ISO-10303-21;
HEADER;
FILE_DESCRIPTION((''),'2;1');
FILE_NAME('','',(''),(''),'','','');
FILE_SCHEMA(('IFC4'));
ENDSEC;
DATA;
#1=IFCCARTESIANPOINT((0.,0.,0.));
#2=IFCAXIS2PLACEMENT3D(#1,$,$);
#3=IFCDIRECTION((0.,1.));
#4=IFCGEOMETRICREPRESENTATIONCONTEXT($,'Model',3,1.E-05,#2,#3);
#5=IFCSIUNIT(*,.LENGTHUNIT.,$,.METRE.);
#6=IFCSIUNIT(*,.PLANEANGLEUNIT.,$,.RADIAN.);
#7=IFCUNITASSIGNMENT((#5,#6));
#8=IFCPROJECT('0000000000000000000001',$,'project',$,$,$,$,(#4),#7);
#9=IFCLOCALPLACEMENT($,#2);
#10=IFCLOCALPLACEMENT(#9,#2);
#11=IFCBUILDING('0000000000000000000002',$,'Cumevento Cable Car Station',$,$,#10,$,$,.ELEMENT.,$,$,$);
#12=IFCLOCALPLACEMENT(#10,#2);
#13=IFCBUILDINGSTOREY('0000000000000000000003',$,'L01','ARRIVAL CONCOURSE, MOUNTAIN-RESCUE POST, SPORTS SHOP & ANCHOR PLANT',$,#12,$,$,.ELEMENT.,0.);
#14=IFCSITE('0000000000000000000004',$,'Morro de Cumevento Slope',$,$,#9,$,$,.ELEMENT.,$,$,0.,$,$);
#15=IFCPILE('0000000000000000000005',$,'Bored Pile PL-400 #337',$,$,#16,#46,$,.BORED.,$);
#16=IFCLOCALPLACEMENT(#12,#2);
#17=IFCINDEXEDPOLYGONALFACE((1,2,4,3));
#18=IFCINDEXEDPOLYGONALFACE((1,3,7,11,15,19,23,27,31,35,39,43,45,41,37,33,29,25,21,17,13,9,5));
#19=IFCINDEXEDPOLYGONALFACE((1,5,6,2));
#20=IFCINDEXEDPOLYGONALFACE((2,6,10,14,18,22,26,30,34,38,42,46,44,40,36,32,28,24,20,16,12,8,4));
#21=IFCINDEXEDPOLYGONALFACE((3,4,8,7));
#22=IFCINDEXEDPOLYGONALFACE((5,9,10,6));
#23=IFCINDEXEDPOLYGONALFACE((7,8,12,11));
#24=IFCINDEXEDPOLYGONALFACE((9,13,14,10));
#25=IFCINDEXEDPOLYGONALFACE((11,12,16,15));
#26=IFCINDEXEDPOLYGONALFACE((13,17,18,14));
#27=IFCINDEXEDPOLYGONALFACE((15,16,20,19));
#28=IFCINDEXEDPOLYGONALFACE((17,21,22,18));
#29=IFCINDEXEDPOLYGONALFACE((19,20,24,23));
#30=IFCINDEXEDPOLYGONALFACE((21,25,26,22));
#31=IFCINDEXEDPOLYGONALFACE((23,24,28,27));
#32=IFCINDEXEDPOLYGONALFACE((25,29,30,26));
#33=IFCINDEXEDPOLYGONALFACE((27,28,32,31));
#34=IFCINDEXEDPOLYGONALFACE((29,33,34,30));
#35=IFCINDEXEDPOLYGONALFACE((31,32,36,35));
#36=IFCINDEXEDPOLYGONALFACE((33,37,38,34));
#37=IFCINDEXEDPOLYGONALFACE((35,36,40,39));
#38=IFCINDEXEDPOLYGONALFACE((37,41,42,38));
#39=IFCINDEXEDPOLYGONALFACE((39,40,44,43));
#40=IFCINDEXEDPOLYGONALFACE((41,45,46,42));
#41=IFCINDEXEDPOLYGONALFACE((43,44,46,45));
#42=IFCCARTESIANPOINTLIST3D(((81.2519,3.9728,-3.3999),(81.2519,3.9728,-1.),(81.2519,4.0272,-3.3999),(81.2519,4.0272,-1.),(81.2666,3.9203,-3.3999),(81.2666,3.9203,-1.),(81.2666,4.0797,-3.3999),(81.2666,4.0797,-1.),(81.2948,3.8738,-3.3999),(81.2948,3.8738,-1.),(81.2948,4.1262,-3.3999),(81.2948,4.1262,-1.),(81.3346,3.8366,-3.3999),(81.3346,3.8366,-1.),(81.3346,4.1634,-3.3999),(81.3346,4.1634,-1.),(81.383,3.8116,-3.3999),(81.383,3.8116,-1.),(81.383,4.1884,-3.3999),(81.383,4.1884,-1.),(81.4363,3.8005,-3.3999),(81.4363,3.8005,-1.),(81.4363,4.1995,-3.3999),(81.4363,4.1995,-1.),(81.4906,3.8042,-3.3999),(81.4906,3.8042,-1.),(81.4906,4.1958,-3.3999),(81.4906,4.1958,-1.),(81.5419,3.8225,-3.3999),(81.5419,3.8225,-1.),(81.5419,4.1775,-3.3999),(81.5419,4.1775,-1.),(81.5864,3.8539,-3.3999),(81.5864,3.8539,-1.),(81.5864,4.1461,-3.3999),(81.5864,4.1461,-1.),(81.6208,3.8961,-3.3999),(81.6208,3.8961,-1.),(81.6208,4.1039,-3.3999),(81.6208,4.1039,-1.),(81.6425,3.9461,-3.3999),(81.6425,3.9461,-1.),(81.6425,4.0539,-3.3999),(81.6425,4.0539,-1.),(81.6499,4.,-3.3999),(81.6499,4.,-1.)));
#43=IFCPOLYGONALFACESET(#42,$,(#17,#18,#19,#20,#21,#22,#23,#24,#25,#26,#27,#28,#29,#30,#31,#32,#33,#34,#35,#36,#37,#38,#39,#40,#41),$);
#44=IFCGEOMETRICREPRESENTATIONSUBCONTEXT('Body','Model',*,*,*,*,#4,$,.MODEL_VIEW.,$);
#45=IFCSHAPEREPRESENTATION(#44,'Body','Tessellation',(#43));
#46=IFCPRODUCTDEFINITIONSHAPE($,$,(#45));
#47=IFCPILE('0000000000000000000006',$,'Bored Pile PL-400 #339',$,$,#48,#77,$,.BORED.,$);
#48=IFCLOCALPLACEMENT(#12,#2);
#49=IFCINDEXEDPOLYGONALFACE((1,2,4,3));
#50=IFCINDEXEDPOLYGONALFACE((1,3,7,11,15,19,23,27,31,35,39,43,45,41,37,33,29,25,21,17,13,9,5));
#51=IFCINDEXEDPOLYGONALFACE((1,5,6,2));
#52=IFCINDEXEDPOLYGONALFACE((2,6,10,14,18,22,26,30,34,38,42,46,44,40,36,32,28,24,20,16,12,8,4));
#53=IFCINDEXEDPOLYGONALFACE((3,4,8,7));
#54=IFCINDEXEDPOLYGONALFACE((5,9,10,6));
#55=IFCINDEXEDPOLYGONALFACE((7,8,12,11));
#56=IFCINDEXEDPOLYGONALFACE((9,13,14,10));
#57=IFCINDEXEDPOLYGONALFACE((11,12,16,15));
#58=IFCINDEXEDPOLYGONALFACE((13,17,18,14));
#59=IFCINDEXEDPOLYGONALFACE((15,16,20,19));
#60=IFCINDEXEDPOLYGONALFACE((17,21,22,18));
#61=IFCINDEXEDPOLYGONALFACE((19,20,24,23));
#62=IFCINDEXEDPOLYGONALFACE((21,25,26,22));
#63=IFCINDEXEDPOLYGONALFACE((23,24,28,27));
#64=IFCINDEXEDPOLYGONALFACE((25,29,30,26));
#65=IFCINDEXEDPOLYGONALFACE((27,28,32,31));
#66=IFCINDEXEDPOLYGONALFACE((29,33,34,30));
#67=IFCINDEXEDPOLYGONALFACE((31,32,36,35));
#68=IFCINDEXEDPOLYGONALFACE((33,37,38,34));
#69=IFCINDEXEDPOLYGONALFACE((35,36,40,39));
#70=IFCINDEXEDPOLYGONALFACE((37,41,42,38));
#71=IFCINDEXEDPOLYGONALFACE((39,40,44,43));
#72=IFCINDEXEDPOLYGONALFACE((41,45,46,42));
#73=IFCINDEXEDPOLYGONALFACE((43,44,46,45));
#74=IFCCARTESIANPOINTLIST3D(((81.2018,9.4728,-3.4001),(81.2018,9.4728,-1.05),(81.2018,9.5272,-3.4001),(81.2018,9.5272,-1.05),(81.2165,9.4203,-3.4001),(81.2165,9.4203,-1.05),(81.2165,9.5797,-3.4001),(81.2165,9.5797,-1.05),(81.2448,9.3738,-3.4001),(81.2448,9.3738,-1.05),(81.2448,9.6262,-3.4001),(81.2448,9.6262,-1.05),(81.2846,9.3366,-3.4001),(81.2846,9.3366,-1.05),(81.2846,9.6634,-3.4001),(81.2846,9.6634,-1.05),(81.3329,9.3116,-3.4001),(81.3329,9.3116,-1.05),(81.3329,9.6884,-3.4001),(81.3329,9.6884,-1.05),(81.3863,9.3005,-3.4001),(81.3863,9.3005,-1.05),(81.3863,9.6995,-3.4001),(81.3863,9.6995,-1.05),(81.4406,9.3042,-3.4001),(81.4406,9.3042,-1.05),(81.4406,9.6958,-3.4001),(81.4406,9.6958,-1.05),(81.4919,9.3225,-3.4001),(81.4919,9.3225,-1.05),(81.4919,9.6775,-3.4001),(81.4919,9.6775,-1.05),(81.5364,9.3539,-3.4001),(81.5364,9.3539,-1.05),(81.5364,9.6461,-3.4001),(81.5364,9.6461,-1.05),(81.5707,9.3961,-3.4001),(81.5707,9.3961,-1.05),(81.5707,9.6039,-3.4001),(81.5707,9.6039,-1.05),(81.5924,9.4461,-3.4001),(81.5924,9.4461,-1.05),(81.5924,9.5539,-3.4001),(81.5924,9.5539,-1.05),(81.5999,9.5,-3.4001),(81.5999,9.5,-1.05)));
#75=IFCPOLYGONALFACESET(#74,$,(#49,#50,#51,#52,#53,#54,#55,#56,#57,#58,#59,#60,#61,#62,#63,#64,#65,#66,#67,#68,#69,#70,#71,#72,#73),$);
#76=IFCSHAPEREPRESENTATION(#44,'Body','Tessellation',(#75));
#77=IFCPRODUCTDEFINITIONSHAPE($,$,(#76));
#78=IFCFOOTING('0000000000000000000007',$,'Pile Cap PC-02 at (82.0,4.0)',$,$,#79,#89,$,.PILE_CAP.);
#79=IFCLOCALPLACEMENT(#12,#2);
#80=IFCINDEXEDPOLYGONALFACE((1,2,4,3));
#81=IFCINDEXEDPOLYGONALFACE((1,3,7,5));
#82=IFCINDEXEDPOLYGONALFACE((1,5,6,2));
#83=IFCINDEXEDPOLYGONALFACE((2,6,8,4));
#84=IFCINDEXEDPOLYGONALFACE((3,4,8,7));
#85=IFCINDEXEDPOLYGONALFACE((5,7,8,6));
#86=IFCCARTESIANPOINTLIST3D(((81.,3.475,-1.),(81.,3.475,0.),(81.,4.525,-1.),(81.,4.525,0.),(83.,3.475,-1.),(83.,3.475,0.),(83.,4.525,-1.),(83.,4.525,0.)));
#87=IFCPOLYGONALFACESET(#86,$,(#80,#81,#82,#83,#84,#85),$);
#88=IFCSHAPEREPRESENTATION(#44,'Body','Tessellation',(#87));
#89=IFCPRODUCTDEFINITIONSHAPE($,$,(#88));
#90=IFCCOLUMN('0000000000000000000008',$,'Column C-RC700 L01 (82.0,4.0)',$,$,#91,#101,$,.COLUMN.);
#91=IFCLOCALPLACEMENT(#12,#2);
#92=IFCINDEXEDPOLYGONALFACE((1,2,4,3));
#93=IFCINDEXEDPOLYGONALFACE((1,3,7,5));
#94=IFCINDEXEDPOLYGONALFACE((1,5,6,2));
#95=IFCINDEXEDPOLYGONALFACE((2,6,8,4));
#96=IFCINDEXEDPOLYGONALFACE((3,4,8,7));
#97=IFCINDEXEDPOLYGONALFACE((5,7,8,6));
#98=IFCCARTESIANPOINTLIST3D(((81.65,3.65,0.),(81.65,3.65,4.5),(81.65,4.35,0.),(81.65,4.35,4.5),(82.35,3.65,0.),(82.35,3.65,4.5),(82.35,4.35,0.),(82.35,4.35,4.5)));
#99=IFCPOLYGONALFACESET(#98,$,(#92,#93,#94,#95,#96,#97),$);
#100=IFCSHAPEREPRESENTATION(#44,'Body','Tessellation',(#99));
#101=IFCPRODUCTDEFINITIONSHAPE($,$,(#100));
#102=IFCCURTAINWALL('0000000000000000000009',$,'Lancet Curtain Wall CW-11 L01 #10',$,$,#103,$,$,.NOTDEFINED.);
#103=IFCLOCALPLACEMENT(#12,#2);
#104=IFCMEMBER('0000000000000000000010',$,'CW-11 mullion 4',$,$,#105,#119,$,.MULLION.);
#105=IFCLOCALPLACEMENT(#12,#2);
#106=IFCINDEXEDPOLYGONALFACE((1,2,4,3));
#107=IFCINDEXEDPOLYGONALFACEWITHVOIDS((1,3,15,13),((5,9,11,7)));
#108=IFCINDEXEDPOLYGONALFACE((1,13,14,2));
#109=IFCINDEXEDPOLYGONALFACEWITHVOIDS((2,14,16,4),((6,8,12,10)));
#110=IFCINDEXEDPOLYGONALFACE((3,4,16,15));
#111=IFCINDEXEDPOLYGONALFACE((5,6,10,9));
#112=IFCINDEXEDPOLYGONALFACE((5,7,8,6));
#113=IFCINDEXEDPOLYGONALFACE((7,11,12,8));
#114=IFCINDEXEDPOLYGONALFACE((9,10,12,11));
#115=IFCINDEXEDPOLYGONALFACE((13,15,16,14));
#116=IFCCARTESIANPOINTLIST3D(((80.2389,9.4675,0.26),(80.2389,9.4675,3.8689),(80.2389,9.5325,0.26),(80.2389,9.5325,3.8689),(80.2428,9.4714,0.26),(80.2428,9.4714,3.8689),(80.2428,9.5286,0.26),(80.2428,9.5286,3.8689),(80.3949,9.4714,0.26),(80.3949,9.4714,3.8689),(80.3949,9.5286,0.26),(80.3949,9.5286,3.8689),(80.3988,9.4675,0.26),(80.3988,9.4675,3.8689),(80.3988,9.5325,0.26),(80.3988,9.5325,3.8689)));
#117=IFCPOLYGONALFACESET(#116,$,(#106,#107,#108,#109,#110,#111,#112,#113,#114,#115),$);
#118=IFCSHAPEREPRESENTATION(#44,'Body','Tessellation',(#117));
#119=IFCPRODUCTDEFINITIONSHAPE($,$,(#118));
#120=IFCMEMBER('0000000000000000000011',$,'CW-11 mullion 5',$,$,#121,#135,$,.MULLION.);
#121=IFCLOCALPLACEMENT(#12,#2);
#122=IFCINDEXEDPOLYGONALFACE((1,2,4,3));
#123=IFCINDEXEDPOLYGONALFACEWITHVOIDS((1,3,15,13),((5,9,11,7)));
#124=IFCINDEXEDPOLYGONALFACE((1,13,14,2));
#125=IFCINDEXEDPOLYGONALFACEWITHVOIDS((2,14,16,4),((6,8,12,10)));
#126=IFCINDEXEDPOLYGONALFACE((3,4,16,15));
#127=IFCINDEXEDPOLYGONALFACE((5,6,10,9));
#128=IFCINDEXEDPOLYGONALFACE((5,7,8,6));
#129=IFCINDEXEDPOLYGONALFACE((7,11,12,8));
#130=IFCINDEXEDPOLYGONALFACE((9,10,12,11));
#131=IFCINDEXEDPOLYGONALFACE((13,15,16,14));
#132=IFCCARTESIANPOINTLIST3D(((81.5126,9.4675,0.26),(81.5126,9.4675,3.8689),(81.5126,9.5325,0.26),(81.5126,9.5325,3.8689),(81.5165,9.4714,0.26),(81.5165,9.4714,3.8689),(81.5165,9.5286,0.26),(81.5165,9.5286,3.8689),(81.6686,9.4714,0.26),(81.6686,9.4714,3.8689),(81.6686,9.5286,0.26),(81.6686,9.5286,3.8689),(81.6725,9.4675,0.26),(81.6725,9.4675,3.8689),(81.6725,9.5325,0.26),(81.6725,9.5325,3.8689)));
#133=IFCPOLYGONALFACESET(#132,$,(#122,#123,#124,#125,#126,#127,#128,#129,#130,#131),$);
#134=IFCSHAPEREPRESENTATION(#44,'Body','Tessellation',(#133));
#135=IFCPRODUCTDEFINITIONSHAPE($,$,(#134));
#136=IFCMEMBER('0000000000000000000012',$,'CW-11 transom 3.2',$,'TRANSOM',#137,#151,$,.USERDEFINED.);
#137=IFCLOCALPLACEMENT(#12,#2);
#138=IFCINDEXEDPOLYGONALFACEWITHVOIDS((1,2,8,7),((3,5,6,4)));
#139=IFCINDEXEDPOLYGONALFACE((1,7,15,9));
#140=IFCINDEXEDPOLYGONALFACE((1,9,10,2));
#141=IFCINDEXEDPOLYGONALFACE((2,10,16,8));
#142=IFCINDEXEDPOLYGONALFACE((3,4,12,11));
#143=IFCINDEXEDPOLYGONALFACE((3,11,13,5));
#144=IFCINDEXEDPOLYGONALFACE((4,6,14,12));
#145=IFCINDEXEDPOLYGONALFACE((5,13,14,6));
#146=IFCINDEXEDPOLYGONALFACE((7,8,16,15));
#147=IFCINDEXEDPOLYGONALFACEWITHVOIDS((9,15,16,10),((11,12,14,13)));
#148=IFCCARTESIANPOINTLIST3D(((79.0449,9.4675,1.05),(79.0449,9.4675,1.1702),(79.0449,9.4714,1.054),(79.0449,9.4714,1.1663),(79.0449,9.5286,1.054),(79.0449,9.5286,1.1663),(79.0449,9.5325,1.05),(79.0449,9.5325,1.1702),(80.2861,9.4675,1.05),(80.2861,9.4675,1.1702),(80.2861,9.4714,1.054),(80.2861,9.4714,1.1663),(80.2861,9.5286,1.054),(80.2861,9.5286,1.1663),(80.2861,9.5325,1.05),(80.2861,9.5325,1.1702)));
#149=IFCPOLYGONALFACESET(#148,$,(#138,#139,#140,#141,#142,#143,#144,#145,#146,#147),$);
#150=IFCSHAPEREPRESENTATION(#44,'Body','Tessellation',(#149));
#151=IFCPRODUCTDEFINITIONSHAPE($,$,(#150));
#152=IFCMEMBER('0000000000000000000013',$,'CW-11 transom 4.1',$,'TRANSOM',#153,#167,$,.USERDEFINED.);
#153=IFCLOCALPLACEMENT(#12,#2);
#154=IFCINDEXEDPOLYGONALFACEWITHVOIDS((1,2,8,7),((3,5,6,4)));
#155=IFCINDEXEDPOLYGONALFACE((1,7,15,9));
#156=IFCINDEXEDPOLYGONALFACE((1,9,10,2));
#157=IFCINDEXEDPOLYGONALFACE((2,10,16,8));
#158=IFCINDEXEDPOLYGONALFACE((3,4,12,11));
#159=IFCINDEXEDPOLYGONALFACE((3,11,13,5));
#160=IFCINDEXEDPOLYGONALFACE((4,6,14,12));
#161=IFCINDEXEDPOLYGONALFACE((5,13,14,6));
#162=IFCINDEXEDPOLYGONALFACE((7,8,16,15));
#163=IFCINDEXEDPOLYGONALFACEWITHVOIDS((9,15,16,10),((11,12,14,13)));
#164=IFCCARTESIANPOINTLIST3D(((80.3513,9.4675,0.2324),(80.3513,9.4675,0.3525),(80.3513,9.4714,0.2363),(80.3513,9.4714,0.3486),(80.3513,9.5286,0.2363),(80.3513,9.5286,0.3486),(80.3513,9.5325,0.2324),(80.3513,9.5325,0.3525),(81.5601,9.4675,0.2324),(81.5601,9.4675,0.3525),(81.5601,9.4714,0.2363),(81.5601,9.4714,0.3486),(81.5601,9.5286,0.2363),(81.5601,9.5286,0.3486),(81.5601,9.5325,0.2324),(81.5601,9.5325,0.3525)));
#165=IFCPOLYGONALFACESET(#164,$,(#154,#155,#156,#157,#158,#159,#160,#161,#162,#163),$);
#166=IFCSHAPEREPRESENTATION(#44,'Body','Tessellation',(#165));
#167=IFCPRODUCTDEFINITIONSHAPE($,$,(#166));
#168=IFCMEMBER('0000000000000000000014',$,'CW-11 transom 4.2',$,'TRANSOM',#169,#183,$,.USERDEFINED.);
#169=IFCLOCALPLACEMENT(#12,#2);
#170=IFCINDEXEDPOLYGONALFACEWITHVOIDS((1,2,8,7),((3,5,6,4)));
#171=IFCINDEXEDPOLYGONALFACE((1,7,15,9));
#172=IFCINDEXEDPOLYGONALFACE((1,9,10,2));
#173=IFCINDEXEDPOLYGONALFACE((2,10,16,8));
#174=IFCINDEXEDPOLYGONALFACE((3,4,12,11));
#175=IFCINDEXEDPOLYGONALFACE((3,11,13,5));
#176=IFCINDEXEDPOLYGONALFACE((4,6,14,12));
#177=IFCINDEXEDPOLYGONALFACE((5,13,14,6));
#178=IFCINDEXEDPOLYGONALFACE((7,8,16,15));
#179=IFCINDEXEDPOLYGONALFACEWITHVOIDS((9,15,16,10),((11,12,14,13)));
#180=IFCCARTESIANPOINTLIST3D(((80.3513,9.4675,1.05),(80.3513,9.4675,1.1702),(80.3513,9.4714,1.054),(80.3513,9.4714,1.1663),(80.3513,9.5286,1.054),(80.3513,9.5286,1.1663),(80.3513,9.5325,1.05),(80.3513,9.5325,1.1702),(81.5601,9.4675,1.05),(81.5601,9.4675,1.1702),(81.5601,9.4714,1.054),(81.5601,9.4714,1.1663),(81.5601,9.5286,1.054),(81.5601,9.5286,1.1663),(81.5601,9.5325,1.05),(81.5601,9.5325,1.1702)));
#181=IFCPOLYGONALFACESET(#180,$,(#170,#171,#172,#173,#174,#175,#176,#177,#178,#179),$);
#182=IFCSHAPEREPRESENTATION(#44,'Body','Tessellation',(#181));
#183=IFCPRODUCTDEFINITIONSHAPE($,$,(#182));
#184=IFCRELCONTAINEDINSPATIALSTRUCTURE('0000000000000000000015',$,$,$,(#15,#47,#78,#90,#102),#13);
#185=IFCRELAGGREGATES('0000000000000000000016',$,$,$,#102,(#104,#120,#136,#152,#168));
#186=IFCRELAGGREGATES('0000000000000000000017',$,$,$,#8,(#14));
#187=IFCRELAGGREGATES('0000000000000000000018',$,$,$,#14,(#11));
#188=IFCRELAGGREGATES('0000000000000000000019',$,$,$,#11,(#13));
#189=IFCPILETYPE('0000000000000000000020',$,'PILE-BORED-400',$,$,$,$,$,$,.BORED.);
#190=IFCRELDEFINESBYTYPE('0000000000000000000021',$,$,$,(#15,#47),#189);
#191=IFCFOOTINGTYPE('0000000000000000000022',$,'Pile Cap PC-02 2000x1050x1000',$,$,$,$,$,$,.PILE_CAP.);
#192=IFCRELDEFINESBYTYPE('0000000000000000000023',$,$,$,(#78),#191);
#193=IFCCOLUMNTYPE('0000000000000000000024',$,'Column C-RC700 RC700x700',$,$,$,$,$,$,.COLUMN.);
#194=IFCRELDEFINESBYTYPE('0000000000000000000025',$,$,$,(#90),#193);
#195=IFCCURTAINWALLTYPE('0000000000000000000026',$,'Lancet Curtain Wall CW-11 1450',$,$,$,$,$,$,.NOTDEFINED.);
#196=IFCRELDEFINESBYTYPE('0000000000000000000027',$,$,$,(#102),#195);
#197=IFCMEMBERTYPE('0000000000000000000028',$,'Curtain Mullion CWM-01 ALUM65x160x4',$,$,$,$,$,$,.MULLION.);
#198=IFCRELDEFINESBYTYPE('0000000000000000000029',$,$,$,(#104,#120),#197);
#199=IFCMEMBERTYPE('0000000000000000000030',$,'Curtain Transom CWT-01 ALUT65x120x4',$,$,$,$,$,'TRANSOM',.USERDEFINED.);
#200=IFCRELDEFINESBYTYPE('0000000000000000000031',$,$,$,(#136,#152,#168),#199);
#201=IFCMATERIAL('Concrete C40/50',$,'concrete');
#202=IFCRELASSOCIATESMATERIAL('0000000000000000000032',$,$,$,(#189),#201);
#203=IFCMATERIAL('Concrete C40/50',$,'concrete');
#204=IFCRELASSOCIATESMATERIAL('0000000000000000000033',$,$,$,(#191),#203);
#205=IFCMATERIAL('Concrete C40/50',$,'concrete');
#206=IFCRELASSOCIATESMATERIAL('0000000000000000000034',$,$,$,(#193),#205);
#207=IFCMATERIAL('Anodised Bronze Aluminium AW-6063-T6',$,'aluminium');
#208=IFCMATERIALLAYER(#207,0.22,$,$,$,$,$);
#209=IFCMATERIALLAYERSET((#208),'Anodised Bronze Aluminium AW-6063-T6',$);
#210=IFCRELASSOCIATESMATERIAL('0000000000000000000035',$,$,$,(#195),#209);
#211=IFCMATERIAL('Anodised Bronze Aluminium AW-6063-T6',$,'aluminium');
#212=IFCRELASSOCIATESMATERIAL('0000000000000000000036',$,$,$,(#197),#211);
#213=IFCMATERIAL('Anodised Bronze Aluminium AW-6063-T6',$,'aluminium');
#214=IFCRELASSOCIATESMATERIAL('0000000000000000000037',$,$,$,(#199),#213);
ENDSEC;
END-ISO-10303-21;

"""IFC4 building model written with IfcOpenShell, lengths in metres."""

from ifc_helpers import new_model, si_unit, direction, frame, origin, origin_2d, place, context, subcontext, project, spatial, rectangle, hollow_rectangle, circle, extrude, material, layer, layer_set, material_profile, profile_set, type_object, element, aggregate, save


model = new_model("IFC4")

# Units and contexts
model_context = context("Model", 3, precision=1e-05, world=origin(), true_north=direction((0.0, 1.0)))
body_context = subcontext(model_context, "Body", "Model", "MODEL_VIEW")
ifc_project = project(units=[si_unit("LENGTHUNIT", "METRE"), si_unit("PLANEANGLEUNIT", "RADIAN")], contexts=[model_context])

# Site, building, storey
site_placement = place(None, origin())
site = spatial("IfcSite", under=ifc_project, at=site_placement, Name="Morro de Cumevento Slope", CompositionType="ELEMENT", RefElevation=0.0)
building_placement = place(site_placement, origin())
building = spatial("IfcBuilding", under=site, at=building_placement, Name="Cumevento Cable Car Station", CompositionType="ELEMENT")
storey_placement = place(building_placement, origin())
storey = spatial("IfcBuildingStorey", under=building, at=storey_placement, Name="L01", Description="ARRIVAL CONCOURSE, MOUNTAIN-RESCUE POST, SPORTS SHOP & ANCHOR PLANT", CompositionType="ELEMENT", Elevation=0.0)

# Piles
ifc_material_1 = material(Name="Concrete C40/50", Category="concrete")
ifc_material_profile_1 = material_profile(ifc_material_1, circle(Radius=0.2, at=origin_2d()), Name="PILE-D400")
ifc_profile_set_1 = profile_set([ifc_material_profile_1], Name="Concrete C40/50")
pile_type = type_object("IfcPileType", Name="PILE-BORED-400", PredefinedType="BORED", material=ifc_profile_set_1)
pile_1_placement = place(storey_placement, frame((81.45, 4.0, -1.0), z_axis=(0.0, 0.0, -1.0), x_axis=(1.0, 0.0, 0.0)))
element("IfcPile", 1, at=pile_1_placement, inside=storey, type_object=pile_type, Name="Bored Pile PL-400 #337", PredefinedType="BORED", context=body_context, shape_type="SweptSolid", body=[
    extrude(circle(Radius=0.2, at=origin_2d()), origin(), (0.0, 0.0, 1.0), 2.3999),
])
pile_2_placement = place(storey_placement, frame((81.3999, 9.5, -1.05), z_axis=(0.0, 0.0, -1.0), x_axis=(1.0, 0.0, 0.0)))
element("IfcPile", 2, at=pile_2_placement, inside=storey, type_object=pile_type, Name="Bored Pile PL-400 #339", PredefinedType="BORED", context=body_context, shape_type="SweptSolid", body=[
    extrude(circle(Radius=0.2, at=origin_2d()), origin(), (0.0, 0.0, 1.0), 2.3501),
])

# Footing
ifc_material_2 = material(Name="Concrete C40/50", Category="concrete")
footing_type = type_object("IfcFootingType", Name="Pile Cap PC-02 2000x1050x1000", PredefinedType="PILE_CAP", material=ifc_material_2)
footing_placement = place(storey_placement, frame((82.0, 4.0, -1.0), z_axis=(0.0, 0.0, 1.0), x_axis=(1.0, 0.0, 0.0)))
element("IfcFooting", 3, at=footing_placement, inside=storey, type_object=footing_type, Name="Pile Cap PC-02 at (82.0,4.0)", PredefinedType="PILE_CAP", context=body_context, shape_type="SweptSolid", body=[
    extrude(rectangle(XDim=2.0, YDim=1.05, at=origin_2d()), origin(), (0.0, 0.0, 1.0), 1.0),
])

# Column
ifc_material_3 = material(Name="Concrete C40/50", Category="concrete")
ifc_material_profile_2 = material_profile(ifc_material_3, rectangle(XDim=0.7, YDim=0.7, at=origin_2d()), Name="RC700x700")
ifc_profile_set_2 = profile_set([ifc_material_profile_2], Name="Concrete C40/50")
column_type = type_object("IfcColumnType", Name="Column C-RC700 RC700x700", PredefinedType="COLUMN", material=ifc_profile_set_2)
column_placement = place(storey_placement, frame((82.0, 4.0, 0.0), z_axis=(0.0, 0.0, 1.0), x_axis=(1.0, 0.0, 0.0)))
element("IfcColumn", 4, at=column_placement, inside=storey, type_object=column_type, Name="Column C-RC700 L01 (82.0,4.0)", PredefinedType="COLUMN", context=body_context, shape_type="SweptSolid", body=[
    extrude(rectangle(XDim=0.7, YDim=0.7, at=origin_2d()), origin(), (0.0, 0.0, 1.0), 4.5),
])

# Curtain wall, members
ifc_material_4 = material(Name="Anodised Bronze Aluminium AW-6063-T6", Category="aluminium")
ifc_layer_1 = layer(ifc_material_4, 0.22)
ifc_layer_set_1 = layer_set([ifc_layer_1], Name="Anodised Bronze Aluminium AW-6063-T6")
curtain_wall_type = type_object("IfcCurtainWallType", Name="Lancet Curtain Wall CW-11 1450", PredefinedType="NOTDEFINED", material=ifc_layer_set_1)
curtain_wall_placement = place(storey_placement, origin())
curtain_wall = element("IfcCurtainWall", 5, at=curtain_wall_placement, inside=storey, type_object=curtain_wall_type, Name="Lancet Curtain Wall CW-11 L01 #10", PredefinedType="NOTDEFINED")
ifc_material_5 = material(Name="Anodised Bronze Aluminium AW-6063-T6", Category="aluminium")
ifc_material_profile_3 = material_profile(ifc_material_5, hollow_rectangle(XDim=0.0649, YDim=0.1599, WallThickness=0.0039, at=origin_2d()), Name="ALUM65x160x4")
ifc_profile_set_3 = profile_set([ifc_material_profile_3], Name="Anodised Bronze Aluminium AW-6063-T6")
member_type_1 = type_object("IfcMemberType", Name="Curtain Mullion CWM-01 ALUM65x160x4", PredefinedType="MULLION", material=ifc_profile_set_3)
member_1_placement = place(storey_placement, frame((80.3188, 9.5, 0.26), z_axis=(0.0, 0.0, 1.0), x_axis=(0.0, 1.0, 0.0)))
member_1 = element("IfcMember", 6, at=member_1_placement, type_object=member_type_1, Name="CW-11 mullion 4", PredefinedType="MULLION", context=body_context, shape_type="SweptSolid", body=[
    extrude(hollow_rectangle(XDim=0.0649, YDim=0.1599, WallThickness=0.0039, at=origin_2d()), origin(), (0.0, 0.0, 1.0), 3.6089),
])
member_2_placement = place(storey_placement, frame((81.5925, 9.5, 0.26), z_axis=(0.0, 0.0, 1.0), x_axis=(0.0, 1.0, 0.0)))
member_2 = element("IfcMember", 7, at=member_2_placement, type_object=member_type_1, Name="CW-11 mullion 5", PredefinedType="MULLION", context=body_context, shape_type="SweptSolid", body=[
    extrude(hollow_rectangle(XDim=0.0649, YDim=0.1599, WallThickness=0.0039, at=origin_2d()), origin(), (0.0, 0.0, 1.0), 3.6089),
])
ifc_material_6 = material(Name="Anodised Bronze Aluminium AW-6063-T6", Category="aluminium")
ifc_material_profile_4 = material_profile(ifc_material_6, hollow_rectangle(XDim=0.0649, YDim=0.1201, WallThickness=0.0039, at=origin_2d()), Name="ALUT65x120x4")
ifc_profile_set_4 = profile_set([ifc_material_profile_4], Name="Anodised Bronze Aluminium AW-6063-T6")
member_type_2 = type_object("IfcMemberType", Name="Curtain Transom CWT-01 ALUT65x120x4", ElementType="TRANSOM", PredefinedType="USERDEFINED", material=ifc_profile_set_4)
member_3_placement = place(storey_placement, frame((79.0449, 9.5, 1.1101), z_axis=(1.0, 0.0, 0.0), x_axis=(0.0, 1.0, 0.0)))
member_3 = element("IfcMember", 8, at=member_3_placement, type_object=member_type_2, Name="CW-11 transom 3.2", ObjectType="TRANSOM", PredefinedType="USERDEFINED", context=body_context, shape_type="SweptSolid", body=[
    extrude(hollow_rectangle(XDim=0.0649, YDim=0.1201, WallThickness=0.0039, at=origin_2d()), origin(), (0.0, 0.0, 1.0), 1.2412),
])
member_4_placement = place(storey_placement, frame((80.3513, 9.5, 0.2925), z_axis=(1.0, 0.0, 0.0), x_axis=(0.0, 1.0, 0.0)))
member_4 = element("IfcMember", 9, at=member_4_placement, type_object=member_type_2, Name="CW-11 transom 4.1", ObjectType="TRANSOM", PredefinedType="USERDEFINED", context=body_context, shape_type="SweptSolid", body=[
    extrude(hollow_rectangle(XDim=0.0649, YDim=0.1201, WallThickness=0.0039, at=origin_2d()), origin(), (0.0, 0.0, 1.0), 1.2087),
])
member_5_placement = place(storey_placement, frame((80.3513, 9.5, 1.1101), z_axis=(1.0, 0.0, 0.0), x_axis=(0.0, 1.0, 0.0)))
member_5 = element("IfcMember", 10, at=member_5_placement, type_object=member_type_2, Name="CW-11 transom 4.2", ObjectType="TRANSOM", PredefinedType="USERDEFINED", context=body_context, shape_type="SweptSolid", body=[
    extrude(hollow_rectangle(XDim=0.0649, YDim=0.1201, WallThickness=0.0039, at=origin_2d()), origin(), (0.0, 0.0, 1.0), 1.2087),
])
aggregate(curtain_wall, [member_1, member_2, member_3, member_4, member_5])

save(model, "model.ifc")
